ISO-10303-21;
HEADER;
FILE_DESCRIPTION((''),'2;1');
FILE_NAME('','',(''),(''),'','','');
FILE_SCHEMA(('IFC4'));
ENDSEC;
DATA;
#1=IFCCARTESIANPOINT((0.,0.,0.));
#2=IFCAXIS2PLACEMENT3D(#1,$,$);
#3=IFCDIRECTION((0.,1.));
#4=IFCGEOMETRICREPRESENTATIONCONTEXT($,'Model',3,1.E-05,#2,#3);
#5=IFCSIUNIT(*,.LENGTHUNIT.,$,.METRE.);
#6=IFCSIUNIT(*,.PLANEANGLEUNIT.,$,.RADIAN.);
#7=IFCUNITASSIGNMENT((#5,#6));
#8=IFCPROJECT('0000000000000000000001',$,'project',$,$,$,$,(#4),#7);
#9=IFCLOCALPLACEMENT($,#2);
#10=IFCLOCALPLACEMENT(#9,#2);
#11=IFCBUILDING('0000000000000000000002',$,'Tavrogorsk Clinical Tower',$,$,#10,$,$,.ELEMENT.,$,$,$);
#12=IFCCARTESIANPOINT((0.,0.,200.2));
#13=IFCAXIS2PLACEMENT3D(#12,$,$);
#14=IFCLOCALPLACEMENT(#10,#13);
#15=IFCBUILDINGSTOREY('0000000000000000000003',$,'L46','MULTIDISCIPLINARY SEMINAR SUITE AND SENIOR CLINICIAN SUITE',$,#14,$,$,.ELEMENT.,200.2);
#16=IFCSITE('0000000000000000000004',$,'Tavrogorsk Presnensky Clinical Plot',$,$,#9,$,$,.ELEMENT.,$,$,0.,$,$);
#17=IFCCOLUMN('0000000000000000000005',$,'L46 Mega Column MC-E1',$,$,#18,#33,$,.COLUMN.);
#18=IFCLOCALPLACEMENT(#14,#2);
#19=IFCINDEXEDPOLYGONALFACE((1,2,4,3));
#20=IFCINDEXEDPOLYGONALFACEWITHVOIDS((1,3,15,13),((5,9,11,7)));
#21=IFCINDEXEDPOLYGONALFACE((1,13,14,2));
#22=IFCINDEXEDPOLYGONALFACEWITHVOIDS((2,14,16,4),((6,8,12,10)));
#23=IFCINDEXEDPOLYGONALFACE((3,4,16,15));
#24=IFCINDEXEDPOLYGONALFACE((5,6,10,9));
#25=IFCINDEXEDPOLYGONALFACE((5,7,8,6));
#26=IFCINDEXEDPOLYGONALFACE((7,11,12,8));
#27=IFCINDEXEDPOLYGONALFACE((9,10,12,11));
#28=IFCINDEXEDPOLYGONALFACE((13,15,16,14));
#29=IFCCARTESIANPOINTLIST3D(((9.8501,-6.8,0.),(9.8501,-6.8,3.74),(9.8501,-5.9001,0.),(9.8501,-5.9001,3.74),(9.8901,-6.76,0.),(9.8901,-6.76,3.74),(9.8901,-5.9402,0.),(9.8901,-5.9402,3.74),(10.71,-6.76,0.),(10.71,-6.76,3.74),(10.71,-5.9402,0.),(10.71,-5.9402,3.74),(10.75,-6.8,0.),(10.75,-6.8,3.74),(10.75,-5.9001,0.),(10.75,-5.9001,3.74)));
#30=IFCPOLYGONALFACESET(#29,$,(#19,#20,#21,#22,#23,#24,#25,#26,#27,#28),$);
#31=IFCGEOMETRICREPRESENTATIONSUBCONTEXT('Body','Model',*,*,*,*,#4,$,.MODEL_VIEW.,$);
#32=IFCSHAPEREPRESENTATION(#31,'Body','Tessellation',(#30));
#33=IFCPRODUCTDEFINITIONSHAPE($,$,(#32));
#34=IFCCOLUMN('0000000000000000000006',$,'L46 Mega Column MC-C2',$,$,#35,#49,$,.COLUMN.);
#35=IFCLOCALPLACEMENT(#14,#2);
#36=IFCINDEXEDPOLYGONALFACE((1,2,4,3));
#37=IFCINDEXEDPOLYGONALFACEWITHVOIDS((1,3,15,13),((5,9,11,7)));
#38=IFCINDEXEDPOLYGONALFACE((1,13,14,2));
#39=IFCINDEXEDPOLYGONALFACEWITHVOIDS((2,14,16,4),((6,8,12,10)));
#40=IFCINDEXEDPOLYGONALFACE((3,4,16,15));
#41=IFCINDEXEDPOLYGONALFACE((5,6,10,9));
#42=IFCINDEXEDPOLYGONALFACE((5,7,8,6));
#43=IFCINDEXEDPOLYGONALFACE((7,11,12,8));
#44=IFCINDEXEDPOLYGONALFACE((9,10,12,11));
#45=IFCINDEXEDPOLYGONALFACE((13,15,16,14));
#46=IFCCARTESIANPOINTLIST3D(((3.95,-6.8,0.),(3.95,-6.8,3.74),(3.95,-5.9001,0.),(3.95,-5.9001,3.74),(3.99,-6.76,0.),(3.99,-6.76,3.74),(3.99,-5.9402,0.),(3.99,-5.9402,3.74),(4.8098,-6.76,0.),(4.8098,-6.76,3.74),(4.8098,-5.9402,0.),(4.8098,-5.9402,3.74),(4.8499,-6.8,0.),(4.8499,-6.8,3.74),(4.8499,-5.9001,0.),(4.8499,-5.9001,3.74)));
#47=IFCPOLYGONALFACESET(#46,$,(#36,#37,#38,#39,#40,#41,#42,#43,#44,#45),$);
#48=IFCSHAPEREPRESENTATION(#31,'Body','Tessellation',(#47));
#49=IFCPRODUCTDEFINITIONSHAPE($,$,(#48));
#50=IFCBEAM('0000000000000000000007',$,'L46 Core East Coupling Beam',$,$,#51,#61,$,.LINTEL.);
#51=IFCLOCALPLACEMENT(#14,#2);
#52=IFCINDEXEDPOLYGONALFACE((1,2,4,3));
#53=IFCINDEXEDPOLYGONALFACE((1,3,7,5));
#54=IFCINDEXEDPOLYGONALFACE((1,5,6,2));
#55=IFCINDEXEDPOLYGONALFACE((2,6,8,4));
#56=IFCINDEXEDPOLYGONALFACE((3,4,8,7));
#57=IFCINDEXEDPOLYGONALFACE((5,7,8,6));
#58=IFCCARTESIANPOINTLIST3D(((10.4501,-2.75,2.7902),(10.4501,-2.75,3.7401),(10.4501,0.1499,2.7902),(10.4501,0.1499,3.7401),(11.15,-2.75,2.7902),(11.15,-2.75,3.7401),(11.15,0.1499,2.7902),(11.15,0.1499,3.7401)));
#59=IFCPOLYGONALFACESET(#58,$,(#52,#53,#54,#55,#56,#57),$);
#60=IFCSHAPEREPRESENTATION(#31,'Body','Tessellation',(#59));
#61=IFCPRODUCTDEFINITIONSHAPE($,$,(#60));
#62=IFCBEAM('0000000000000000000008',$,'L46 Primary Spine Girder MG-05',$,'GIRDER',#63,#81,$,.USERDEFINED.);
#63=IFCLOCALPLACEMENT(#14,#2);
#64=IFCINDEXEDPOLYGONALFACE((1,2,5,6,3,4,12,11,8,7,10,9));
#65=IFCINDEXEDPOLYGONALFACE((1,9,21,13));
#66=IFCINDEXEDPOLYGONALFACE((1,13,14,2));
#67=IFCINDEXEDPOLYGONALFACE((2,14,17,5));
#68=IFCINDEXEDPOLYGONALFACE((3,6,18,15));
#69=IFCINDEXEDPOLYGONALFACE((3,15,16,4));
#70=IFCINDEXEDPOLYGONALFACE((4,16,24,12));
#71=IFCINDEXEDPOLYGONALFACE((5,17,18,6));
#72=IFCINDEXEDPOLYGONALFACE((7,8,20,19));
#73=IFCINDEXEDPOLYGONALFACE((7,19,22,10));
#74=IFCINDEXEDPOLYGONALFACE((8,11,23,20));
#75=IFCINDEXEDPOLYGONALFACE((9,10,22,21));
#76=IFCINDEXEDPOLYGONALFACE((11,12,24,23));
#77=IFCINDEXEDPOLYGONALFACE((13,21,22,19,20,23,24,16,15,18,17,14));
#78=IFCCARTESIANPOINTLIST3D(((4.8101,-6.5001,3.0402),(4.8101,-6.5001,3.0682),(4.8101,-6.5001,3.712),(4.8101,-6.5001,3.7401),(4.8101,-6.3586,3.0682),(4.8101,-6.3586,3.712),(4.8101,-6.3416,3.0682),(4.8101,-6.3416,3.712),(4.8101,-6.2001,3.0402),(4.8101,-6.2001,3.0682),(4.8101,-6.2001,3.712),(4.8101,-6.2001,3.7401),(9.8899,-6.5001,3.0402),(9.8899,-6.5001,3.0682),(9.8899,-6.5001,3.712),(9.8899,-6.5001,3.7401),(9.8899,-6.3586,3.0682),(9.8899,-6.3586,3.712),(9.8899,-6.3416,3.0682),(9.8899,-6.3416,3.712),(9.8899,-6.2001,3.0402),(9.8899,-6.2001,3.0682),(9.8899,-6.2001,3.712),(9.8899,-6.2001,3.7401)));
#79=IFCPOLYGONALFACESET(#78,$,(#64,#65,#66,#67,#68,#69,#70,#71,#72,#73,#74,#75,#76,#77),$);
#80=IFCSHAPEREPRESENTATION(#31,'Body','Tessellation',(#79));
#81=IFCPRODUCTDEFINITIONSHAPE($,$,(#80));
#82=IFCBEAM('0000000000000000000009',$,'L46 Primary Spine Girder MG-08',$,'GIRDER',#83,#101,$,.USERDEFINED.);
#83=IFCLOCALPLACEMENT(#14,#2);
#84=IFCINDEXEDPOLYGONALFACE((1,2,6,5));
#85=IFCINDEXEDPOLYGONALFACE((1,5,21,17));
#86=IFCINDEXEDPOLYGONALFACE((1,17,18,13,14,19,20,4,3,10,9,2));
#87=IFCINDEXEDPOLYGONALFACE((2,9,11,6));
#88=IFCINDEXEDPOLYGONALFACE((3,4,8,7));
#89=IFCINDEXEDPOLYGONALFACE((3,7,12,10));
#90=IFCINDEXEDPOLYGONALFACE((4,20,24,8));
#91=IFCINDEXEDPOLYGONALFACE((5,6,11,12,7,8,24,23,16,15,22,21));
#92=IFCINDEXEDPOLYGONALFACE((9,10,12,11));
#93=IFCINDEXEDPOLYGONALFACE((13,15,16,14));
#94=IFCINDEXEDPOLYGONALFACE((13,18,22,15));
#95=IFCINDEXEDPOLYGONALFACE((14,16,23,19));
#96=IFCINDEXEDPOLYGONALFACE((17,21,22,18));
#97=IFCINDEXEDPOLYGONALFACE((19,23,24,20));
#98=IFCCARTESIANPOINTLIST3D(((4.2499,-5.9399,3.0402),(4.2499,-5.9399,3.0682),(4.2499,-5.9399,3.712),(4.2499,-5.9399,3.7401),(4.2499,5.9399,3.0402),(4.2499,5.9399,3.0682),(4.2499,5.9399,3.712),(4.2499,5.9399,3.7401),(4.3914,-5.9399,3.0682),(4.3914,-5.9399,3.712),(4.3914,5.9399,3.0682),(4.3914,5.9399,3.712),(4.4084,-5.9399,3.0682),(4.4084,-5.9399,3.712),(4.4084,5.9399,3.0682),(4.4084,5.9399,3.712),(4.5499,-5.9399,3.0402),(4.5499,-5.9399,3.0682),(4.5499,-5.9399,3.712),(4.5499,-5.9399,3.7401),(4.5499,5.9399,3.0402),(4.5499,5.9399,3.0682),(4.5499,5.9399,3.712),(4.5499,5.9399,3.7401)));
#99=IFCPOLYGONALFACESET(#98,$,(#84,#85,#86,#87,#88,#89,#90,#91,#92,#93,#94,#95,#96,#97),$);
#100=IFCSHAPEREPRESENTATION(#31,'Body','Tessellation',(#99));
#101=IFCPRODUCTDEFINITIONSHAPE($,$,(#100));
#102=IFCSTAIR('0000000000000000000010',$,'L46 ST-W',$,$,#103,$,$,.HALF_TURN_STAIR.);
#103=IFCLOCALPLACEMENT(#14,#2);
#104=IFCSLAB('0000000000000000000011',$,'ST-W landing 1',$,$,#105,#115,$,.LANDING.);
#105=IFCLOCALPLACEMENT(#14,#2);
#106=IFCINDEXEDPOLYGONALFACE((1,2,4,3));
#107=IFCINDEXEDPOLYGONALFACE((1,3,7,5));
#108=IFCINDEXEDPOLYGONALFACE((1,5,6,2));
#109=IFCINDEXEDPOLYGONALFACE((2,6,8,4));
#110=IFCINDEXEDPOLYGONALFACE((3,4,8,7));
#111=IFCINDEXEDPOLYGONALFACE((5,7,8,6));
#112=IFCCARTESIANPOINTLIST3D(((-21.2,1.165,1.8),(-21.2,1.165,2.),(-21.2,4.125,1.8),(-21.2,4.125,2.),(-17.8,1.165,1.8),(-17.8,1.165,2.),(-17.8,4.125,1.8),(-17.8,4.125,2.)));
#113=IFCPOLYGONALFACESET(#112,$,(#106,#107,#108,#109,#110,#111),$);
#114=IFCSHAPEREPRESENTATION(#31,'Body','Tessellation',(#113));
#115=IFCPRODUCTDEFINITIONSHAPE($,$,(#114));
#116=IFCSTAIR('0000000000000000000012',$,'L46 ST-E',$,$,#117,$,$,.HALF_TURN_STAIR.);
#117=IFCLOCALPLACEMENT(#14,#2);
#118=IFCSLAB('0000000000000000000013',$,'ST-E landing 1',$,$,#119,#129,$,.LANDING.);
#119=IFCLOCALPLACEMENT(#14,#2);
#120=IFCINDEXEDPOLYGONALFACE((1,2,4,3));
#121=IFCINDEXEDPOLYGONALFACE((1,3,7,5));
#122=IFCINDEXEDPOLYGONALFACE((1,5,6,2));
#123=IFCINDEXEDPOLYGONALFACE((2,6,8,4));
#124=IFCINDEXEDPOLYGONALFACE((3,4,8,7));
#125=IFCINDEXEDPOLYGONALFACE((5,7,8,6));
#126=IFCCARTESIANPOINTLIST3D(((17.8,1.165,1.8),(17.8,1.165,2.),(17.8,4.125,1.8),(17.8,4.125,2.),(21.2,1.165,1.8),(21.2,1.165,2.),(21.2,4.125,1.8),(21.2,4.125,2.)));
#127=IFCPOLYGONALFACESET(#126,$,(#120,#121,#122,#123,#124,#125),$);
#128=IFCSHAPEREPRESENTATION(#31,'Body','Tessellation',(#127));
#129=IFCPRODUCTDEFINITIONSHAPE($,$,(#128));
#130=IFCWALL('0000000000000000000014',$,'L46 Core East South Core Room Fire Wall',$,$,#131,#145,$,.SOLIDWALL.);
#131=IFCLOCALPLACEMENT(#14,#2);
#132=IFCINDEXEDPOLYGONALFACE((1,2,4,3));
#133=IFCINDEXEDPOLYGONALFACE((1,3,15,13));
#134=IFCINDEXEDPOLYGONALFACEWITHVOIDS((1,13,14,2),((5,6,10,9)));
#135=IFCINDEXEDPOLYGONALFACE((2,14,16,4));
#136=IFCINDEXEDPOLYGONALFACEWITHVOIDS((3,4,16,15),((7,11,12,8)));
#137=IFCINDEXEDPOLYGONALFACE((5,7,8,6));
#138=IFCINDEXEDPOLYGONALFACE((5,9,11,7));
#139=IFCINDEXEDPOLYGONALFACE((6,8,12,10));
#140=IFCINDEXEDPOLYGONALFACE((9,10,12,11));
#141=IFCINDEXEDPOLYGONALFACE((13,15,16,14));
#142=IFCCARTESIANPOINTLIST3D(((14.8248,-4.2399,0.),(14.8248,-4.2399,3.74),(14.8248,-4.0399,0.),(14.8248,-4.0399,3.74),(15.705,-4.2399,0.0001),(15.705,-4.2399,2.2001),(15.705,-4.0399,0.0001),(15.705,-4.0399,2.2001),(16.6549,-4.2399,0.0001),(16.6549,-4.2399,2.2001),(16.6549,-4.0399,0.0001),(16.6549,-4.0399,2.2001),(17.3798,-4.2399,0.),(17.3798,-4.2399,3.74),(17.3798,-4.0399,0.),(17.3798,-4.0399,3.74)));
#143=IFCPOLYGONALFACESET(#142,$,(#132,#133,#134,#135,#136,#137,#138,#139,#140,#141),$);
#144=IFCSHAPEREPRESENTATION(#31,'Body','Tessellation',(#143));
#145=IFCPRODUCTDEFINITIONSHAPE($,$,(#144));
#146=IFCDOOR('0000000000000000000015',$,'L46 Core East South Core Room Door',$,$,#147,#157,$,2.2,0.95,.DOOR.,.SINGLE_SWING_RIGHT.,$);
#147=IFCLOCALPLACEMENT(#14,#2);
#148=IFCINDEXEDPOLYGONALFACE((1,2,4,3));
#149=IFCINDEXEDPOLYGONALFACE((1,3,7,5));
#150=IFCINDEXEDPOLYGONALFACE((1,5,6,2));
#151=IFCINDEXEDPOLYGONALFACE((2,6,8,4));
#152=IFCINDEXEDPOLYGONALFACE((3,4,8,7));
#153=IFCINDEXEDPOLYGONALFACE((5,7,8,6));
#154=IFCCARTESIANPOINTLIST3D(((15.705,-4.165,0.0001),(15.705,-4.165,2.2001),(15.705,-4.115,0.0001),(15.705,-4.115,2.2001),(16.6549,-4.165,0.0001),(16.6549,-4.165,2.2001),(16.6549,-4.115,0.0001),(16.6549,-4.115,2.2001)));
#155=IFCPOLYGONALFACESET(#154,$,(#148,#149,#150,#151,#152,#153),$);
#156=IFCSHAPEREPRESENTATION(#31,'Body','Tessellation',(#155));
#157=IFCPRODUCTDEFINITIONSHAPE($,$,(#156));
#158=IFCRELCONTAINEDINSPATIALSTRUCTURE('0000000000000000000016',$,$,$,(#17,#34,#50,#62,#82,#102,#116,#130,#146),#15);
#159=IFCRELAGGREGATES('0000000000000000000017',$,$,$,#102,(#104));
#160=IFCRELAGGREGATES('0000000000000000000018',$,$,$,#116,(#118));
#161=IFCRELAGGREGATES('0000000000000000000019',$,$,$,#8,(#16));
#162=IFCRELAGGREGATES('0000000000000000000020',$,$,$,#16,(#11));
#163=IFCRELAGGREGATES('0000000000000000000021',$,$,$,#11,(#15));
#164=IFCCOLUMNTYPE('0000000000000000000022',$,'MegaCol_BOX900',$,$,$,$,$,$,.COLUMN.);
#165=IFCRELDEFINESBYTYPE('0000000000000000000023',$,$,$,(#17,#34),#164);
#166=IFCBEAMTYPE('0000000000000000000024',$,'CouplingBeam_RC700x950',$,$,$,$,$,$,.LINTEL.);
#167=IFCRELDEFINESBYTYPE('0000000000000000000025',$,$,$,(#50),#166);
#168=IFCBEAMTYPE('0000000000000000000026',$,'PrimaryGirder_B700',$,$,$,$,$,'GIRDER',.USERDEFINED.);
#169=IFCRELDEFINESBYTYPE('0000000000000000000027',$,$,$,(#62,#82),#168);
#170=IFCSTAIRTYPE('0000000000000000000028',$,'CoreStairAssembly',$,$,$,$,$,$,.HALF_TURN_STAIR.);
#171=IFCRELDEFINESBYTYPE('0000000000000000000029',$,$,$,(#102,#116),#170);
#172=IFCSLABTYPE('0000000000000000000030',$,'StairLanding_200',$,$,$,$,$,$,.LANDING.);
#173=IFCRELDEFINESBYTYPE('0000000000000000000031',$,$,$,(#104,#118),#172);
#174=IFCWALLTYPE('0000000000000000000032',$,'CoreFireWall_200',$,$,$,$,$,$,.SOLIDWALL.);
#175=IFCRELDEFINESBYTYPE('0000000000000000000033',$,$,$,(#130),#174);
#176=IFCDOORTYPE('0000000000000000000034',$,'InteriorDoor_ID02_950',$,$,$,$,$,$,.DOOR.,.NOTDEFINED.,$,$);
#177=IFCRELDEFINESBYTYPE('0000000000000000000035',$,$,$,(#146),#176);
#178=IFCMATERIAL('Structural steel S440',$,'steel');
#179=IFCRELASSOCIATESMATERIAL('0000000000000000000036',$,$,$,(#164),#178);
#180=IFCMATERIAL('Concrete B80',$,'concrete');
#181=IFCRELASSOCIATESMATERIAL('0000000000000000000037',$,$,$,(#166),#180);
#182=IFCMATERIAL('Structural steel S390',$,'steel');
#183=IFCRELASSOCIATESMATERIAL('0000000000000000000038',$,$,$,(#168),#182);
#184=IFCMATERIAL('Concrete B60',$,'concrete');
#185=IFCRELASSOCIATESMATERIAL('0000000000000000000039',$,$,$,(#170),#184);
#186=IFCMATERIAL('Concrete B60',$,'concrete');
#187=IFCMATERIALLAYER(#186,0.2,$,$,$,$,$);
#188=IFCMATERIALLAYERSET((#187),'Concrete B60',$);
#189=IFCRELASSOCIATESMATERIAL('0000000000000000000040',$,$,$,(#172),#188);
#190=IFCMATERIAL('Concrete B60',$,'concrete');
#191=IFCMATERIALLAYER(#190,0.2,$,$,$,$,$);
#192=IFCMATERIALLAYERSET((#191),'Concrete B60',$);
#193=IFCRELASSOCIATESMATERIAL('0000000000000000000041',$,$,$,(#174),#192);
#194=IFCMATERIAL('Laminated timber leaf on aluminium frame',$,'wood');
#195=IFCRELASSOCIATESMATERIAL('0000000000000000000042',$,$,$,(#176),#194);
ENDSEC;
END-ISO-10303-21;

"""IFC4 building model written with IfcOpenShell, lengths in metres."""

from ifc_helpers import new_model, si_unit, direction, frame, frame_2d, origin, origin_2d, place, context, subcontext, project, spatial, polyline, rectangle, hollow_rectangle, i_section, outline, extrude, material, layer, layer_set, material_profile, profile_set, type_object, element, fill, aggregate, save


model = new_model("IFC4")

# Units and contexts
model_context = context("Model", 3, precision=1e-05, world=origin(), true_north=direction((0.0, 1.0)))
body_context = subcontext(model_context, "Body", "Model", "MODEL_VIEW")
ifc_project = project(units=[si_unit("LENGTHUNIT", "METRE"), si_unit("PLANEANGLEUNIT", "RADIAN")], contexts=[model_context])

# Site, building, storey
site_placement = place(None, origin())
site = spatial("IfcSite", under=ifc_project, at=site_placement, Name="Tavrogorsk Presnensky Clinical Plot", CompositionType="ELEMENT", RefElevation=0.0)
building_placement = place(site_placement, origin())
building = spatial("IfcBuilding", under=site, at=building_placement, Name="Tavrogorsk Clinical Tower", CompositionType="ELEMENT")
storey_placement = place(building_placement, frame((0.0, 0.0, 200.2)))
storey = spatial("IfcBuildingStorey", under=building, at=storey_placement, Name="L46", Description="MULTIDISCIPLINARY SEMINAR SUITE AND SENIOR CLINICIAN SUITE", CompositionType="ELEMENT", Elevation=200.2)

# Columns
ifc_material_1 = material(Name="Structural steel S440", Category="steel")
ifc_material_profile_1 = material_profile(ifc_material_1, hollow_rectangle(XDim=0.8999, YDim=0.8999, WallThickness=0.04, at=origin_2d()), Name="BOX-900x900x40")
ifc_profile_set_1 = profile_set([ifc_material_profile_1], Name="Structural steel S440")
column_type = type_object("IfcColumnType", Name="MegaCol_BOX900", PredefinedType="COLUMN", material=ifc_profile_set_1)
for number, where, z_axis, x_axis, name in (
    (1, (10.3, -6.3501, 0.0), (0.0, 0.0, 1.0), (1.0, 0.0, 0.0), "L46 Mega Column MC-E1"),
    (2, (4.3999, -6.3501, 0.0), (0.0, 0.0, 1.0), (1.0, 0.0, 0.0), "L46 Mega Column MC-C2"),
):
    element("IfcColumn", number, at=place(storey_placement, frame(where, z_axis=z_axis, x_axis=x_axis)), inside=storey, type_object=column_type, Name=name, PredefinedType="COLUMN", context=body_context, shape_type="SweptSolid", body=[
        extrude(hollow_rectangle(XDim=0.8999, YDim=0.8999, WallThickness=0.04, at=origin_2d()), origin(), (0.0, 0.0, 1.0), 3.74),
    ])

# Beams
ifc_material_2 = material(Name="Concrete B80", Category="concrete")
ifc_material_profile_2 = material_profile(ifc_material_2, rectangle(XDim=0.7, YDim=0.95, at=origin_2d()), Name="RC-CB-700x950")
ifc_profile_set_2 = profile_set([ifc_material_profile_2], Name="Concrete B80")
beam_type_1 = type_object("IfcBeamType", Name="CouplingBeam_RC700x950", PredefinedType="LINTEL", material=ifc_profile_set_2)
beam_1_placement = place(storey_placement, frame((10.8, -2.75, 3.2651), z_axis=(0.0, 1.0, 0.0), x_axis=(-1.0, 0.0, 0.0)))
element("IfcBeam", 3, at=beam_1_placement, inside=storey, type_object=beam_type_1, Name="L46 Core East Coupling Beam", PredefinedType="LINTEL", context=body_context, shape_type="SweptSolid", body=[
    extrude(rectangle(XDim=0.7, YDim=0.95, at=origin_2d()), origin(), (0.0, 0.0, 1.0), 2.8999),
])
ifc_material_3 = material(Name="Structural steel S390", Category="steel")
ifc_material_profile_3 = material_profile(ifc_material_3, i_section(OverallWidth=0.3, OverallDepth=0.7, WebThickness=0.0171, FlangeThickness=0.0281, at=origin_2d()), Name="B-700x300x17x28")
ifc_profile_set_3 = profile_set([ifc_material_profile_3], Name="Structural steel S390")
beam_type_2 = type_object("IfcBeamType", Name="PrimaryGirder_B700", ElementType="GIRDER", PredefinedType="USERDEFINED", material=ifc_profile_set_3)
beam_2_placement = place(storey_placement, frame((4.8101, -6.3501, 3.3901), z_axis=(1.0, 0.0, 0.0), x_axis=(0.0, 1.0, 0.0)))
element("IfcBeam", 4, at=beam_2_placement, inside=storey, type_object=beam_type_2, Name="L46 Primary Spine Girder MG-05", ObjectType="GIRDER", PredefinedType="USERDEFINED", context=body_context, shape_type="SweptSolid", body=[
    extrude(i_section(OverallWidth=0.3, OverallDepth=0.7, WebThickness=0.0171, FlangeThickness=0.0281, at=origin_2d()), origin(), (0.0, 0.0, 1.0), 5.0798),
])
beam_3_placement = place(storey_placement, frame((4.3999, -5.9399, 3.3901), z_axis=(0.0, 1.0, 0.0), x_axis=(-1.0, 0.0, 0.0)))
element("IfcBeam", 5, at=beam_3_placement, inside=storey, type_object=beam_type_2, Name="L46 Primary Spine Girder MG-08", ObjectType="GIRDER", PredefinedType="USERDEFINED", context=body_context, shape_type="SweptSolid", body=[
    extrude(i_section(OverallWidth=0.3, OverallDepth=0.7, WebThickness=0.0171, FlangeThickness=0.0281, at=origin_2d()), origin(), (0.0, 0.0, 1.0), 11.8799),
])

# Stairs, slabs
ifc_material_4 = material(Name="Concrete B60", Category="concrete")
stair_type = type_object("IfcStairType", Name="CoreStairAssembly", PredefinedType="HALF_TURN_STAIR", material=ifc_material_4)
stair_1_placement = place(storey_placement, origin())
stair_1 = element("IfcStair", 6, at=stair_1_placement, inside=storey, type_object=stair_type, Name="L46 ST-W", PredefinedType="HALF_TURN_STAIR")
ifc_material_5 = material(Name="Concrete B60", Category="concrete")
ifc_layer_1 = layer(ifc_material_5, 0.2)
ifc_layer_set_1 = layer_set([ifc_layer_1], Name="Concrete B60")
slab_type = type_object("IfcSlabType", Name="StairLanding_200", PredefinedType="LANDING", material=ifc_layer_set_1)
slab_1_placement = place(storey_placement, frame((0.0, 0.0, 1.8)))
slab_1 = element("IfcSlab", 7, at=slab_1_placement, type_object=slab_type, Name="ST-W landing 1", PredefinedType="LANDING", context=body_context, shape_type="SweptSolid", body=[
    extrude(outline(polyline([(-17.8, 1.165), (-17.8, 4.125), (-21.2, 4.125), (-21.2, 1.165), (-17.8, 1.165)])), origin(), (0.0, 0.0, 1.0), 0.2),
])
aggregate(stair_1, [slab_1])
stair_2_placement = place(storey_placement, origin())
stair_2 = element("IfcStair", 8, at=stair_2_placement, inside=storey, type_object=stair_type, Name="L46 ST-E", PredefinedType="HALF_TURN_STAIR")
slab_2_placement = place(storey_placement, frame((0.0, 0.0, 1.8)))
slab_2 = element("IfcSlab", 9, at=slab_2_placement, type_object=slab_type, Name="ST-E landing 1", PredefinedType="LANDING", context=body_context, shape_type="SweptSolid", body=[
    extrude(outline(polyline([(21.2, 1.165), (21.2, 4.125), (17.8, 4.125), (17.8, 1.165), (21.2, 1.165)])), origin(), (0.0, 0.0, 1.0), 0.2),
])
aggregate(stair_2, [slab_2])

# Wall, opening, door
ifc_material_6 = material(Name="Concrete B60", Category="concrete")
ifc_layer_2 = layer(ifc_material_6, 0.2)
ifc_layer_set_2 = layer_set([ifc_layer_2], Name="Concrete B60")
wall_type_1 = type_object("IfcWallType", Name="CoreFireWall_200", PredefinedType="SOLIDWALL", material=ifc_layer_set_2)
wall_1_placement = place(storey_placement, frame((14.825, -4.1399, 0.0), z_axis=(0.0, 0.0, 1.0), x_axis=(1.0, 0.0, 0.0)))
wall_1 = element("IfcWall", 10, at=wall_1_placement, inside=storey, type_object=wall_type_1, Name="L46 Core East South Core Room Fire Wall", PredefinedType="SOLIDWALL", context=body_context, shape_type="SweptSolid", body=[
    extrude(rectangle(XDim=2.5549, YDim=0.2, at=frame_2d((1.2773, 0.0))), origin(), (0.0, 0.0, 1.0), 3.74),
])
opening_1_placement = place(wall_1_placement, frame((0.8799, 0.0, 0.0)))
opening_1 = element("IfcOpeningElement", 11, at=opening_1_placement, cuts=wall_1, PredefinedType="OPENING", context=body_context, shape_type="SweptSolid", body=[
    extrude(rectangle(XDim=0.95, YDim=2.2, at=frame_2d((0.4751, 1.1001))), frame((0.0, 0.1099, 0.0), z_axis=(0.0, -1.0, 0.0), x_axis=(1.0, 0.0, 0.0)), (0.0, 0.0, 1.0), 0.22),
])
ifc_material_7 = material(Name="Laminated timber leaf on aluminium frame", Category="wood")
door_type_1 = type_object("IfcDoorType", Name="InteriorDoor_ID02_950", OperationType="NOTDEFINED", PredefinedType="DOOR", material=ifc_material_7)
door_1_placement = place(opening_1_placement, origin())
door_1 = element("IfcDoor", 12, at=door_1_placement, inside=storey, type_object=door_type_1, Name="L46 Core East South Core Room Door", OperationType="SINGLE_SWING_RIGHT", OverallHeight=2.2, OverallWidth=0.95, PredefinedType="DOOR", context=body_context, shape_type="SweptSolid", body=[
    extrude(rectangle(XDim=0.95, YDim=2.2, at=frame_2d((0.4751, 1.1001))), frame((0.0, 0.0249, 0.0), z_axis=(0.0, -1.0, 0.0), x_axis=(1.0, 0.0, 0.0)), (0.0, 0.0, 1.0), 0.05),
])
fill(opening_1, door_1)

save(model, "model.ifc")
